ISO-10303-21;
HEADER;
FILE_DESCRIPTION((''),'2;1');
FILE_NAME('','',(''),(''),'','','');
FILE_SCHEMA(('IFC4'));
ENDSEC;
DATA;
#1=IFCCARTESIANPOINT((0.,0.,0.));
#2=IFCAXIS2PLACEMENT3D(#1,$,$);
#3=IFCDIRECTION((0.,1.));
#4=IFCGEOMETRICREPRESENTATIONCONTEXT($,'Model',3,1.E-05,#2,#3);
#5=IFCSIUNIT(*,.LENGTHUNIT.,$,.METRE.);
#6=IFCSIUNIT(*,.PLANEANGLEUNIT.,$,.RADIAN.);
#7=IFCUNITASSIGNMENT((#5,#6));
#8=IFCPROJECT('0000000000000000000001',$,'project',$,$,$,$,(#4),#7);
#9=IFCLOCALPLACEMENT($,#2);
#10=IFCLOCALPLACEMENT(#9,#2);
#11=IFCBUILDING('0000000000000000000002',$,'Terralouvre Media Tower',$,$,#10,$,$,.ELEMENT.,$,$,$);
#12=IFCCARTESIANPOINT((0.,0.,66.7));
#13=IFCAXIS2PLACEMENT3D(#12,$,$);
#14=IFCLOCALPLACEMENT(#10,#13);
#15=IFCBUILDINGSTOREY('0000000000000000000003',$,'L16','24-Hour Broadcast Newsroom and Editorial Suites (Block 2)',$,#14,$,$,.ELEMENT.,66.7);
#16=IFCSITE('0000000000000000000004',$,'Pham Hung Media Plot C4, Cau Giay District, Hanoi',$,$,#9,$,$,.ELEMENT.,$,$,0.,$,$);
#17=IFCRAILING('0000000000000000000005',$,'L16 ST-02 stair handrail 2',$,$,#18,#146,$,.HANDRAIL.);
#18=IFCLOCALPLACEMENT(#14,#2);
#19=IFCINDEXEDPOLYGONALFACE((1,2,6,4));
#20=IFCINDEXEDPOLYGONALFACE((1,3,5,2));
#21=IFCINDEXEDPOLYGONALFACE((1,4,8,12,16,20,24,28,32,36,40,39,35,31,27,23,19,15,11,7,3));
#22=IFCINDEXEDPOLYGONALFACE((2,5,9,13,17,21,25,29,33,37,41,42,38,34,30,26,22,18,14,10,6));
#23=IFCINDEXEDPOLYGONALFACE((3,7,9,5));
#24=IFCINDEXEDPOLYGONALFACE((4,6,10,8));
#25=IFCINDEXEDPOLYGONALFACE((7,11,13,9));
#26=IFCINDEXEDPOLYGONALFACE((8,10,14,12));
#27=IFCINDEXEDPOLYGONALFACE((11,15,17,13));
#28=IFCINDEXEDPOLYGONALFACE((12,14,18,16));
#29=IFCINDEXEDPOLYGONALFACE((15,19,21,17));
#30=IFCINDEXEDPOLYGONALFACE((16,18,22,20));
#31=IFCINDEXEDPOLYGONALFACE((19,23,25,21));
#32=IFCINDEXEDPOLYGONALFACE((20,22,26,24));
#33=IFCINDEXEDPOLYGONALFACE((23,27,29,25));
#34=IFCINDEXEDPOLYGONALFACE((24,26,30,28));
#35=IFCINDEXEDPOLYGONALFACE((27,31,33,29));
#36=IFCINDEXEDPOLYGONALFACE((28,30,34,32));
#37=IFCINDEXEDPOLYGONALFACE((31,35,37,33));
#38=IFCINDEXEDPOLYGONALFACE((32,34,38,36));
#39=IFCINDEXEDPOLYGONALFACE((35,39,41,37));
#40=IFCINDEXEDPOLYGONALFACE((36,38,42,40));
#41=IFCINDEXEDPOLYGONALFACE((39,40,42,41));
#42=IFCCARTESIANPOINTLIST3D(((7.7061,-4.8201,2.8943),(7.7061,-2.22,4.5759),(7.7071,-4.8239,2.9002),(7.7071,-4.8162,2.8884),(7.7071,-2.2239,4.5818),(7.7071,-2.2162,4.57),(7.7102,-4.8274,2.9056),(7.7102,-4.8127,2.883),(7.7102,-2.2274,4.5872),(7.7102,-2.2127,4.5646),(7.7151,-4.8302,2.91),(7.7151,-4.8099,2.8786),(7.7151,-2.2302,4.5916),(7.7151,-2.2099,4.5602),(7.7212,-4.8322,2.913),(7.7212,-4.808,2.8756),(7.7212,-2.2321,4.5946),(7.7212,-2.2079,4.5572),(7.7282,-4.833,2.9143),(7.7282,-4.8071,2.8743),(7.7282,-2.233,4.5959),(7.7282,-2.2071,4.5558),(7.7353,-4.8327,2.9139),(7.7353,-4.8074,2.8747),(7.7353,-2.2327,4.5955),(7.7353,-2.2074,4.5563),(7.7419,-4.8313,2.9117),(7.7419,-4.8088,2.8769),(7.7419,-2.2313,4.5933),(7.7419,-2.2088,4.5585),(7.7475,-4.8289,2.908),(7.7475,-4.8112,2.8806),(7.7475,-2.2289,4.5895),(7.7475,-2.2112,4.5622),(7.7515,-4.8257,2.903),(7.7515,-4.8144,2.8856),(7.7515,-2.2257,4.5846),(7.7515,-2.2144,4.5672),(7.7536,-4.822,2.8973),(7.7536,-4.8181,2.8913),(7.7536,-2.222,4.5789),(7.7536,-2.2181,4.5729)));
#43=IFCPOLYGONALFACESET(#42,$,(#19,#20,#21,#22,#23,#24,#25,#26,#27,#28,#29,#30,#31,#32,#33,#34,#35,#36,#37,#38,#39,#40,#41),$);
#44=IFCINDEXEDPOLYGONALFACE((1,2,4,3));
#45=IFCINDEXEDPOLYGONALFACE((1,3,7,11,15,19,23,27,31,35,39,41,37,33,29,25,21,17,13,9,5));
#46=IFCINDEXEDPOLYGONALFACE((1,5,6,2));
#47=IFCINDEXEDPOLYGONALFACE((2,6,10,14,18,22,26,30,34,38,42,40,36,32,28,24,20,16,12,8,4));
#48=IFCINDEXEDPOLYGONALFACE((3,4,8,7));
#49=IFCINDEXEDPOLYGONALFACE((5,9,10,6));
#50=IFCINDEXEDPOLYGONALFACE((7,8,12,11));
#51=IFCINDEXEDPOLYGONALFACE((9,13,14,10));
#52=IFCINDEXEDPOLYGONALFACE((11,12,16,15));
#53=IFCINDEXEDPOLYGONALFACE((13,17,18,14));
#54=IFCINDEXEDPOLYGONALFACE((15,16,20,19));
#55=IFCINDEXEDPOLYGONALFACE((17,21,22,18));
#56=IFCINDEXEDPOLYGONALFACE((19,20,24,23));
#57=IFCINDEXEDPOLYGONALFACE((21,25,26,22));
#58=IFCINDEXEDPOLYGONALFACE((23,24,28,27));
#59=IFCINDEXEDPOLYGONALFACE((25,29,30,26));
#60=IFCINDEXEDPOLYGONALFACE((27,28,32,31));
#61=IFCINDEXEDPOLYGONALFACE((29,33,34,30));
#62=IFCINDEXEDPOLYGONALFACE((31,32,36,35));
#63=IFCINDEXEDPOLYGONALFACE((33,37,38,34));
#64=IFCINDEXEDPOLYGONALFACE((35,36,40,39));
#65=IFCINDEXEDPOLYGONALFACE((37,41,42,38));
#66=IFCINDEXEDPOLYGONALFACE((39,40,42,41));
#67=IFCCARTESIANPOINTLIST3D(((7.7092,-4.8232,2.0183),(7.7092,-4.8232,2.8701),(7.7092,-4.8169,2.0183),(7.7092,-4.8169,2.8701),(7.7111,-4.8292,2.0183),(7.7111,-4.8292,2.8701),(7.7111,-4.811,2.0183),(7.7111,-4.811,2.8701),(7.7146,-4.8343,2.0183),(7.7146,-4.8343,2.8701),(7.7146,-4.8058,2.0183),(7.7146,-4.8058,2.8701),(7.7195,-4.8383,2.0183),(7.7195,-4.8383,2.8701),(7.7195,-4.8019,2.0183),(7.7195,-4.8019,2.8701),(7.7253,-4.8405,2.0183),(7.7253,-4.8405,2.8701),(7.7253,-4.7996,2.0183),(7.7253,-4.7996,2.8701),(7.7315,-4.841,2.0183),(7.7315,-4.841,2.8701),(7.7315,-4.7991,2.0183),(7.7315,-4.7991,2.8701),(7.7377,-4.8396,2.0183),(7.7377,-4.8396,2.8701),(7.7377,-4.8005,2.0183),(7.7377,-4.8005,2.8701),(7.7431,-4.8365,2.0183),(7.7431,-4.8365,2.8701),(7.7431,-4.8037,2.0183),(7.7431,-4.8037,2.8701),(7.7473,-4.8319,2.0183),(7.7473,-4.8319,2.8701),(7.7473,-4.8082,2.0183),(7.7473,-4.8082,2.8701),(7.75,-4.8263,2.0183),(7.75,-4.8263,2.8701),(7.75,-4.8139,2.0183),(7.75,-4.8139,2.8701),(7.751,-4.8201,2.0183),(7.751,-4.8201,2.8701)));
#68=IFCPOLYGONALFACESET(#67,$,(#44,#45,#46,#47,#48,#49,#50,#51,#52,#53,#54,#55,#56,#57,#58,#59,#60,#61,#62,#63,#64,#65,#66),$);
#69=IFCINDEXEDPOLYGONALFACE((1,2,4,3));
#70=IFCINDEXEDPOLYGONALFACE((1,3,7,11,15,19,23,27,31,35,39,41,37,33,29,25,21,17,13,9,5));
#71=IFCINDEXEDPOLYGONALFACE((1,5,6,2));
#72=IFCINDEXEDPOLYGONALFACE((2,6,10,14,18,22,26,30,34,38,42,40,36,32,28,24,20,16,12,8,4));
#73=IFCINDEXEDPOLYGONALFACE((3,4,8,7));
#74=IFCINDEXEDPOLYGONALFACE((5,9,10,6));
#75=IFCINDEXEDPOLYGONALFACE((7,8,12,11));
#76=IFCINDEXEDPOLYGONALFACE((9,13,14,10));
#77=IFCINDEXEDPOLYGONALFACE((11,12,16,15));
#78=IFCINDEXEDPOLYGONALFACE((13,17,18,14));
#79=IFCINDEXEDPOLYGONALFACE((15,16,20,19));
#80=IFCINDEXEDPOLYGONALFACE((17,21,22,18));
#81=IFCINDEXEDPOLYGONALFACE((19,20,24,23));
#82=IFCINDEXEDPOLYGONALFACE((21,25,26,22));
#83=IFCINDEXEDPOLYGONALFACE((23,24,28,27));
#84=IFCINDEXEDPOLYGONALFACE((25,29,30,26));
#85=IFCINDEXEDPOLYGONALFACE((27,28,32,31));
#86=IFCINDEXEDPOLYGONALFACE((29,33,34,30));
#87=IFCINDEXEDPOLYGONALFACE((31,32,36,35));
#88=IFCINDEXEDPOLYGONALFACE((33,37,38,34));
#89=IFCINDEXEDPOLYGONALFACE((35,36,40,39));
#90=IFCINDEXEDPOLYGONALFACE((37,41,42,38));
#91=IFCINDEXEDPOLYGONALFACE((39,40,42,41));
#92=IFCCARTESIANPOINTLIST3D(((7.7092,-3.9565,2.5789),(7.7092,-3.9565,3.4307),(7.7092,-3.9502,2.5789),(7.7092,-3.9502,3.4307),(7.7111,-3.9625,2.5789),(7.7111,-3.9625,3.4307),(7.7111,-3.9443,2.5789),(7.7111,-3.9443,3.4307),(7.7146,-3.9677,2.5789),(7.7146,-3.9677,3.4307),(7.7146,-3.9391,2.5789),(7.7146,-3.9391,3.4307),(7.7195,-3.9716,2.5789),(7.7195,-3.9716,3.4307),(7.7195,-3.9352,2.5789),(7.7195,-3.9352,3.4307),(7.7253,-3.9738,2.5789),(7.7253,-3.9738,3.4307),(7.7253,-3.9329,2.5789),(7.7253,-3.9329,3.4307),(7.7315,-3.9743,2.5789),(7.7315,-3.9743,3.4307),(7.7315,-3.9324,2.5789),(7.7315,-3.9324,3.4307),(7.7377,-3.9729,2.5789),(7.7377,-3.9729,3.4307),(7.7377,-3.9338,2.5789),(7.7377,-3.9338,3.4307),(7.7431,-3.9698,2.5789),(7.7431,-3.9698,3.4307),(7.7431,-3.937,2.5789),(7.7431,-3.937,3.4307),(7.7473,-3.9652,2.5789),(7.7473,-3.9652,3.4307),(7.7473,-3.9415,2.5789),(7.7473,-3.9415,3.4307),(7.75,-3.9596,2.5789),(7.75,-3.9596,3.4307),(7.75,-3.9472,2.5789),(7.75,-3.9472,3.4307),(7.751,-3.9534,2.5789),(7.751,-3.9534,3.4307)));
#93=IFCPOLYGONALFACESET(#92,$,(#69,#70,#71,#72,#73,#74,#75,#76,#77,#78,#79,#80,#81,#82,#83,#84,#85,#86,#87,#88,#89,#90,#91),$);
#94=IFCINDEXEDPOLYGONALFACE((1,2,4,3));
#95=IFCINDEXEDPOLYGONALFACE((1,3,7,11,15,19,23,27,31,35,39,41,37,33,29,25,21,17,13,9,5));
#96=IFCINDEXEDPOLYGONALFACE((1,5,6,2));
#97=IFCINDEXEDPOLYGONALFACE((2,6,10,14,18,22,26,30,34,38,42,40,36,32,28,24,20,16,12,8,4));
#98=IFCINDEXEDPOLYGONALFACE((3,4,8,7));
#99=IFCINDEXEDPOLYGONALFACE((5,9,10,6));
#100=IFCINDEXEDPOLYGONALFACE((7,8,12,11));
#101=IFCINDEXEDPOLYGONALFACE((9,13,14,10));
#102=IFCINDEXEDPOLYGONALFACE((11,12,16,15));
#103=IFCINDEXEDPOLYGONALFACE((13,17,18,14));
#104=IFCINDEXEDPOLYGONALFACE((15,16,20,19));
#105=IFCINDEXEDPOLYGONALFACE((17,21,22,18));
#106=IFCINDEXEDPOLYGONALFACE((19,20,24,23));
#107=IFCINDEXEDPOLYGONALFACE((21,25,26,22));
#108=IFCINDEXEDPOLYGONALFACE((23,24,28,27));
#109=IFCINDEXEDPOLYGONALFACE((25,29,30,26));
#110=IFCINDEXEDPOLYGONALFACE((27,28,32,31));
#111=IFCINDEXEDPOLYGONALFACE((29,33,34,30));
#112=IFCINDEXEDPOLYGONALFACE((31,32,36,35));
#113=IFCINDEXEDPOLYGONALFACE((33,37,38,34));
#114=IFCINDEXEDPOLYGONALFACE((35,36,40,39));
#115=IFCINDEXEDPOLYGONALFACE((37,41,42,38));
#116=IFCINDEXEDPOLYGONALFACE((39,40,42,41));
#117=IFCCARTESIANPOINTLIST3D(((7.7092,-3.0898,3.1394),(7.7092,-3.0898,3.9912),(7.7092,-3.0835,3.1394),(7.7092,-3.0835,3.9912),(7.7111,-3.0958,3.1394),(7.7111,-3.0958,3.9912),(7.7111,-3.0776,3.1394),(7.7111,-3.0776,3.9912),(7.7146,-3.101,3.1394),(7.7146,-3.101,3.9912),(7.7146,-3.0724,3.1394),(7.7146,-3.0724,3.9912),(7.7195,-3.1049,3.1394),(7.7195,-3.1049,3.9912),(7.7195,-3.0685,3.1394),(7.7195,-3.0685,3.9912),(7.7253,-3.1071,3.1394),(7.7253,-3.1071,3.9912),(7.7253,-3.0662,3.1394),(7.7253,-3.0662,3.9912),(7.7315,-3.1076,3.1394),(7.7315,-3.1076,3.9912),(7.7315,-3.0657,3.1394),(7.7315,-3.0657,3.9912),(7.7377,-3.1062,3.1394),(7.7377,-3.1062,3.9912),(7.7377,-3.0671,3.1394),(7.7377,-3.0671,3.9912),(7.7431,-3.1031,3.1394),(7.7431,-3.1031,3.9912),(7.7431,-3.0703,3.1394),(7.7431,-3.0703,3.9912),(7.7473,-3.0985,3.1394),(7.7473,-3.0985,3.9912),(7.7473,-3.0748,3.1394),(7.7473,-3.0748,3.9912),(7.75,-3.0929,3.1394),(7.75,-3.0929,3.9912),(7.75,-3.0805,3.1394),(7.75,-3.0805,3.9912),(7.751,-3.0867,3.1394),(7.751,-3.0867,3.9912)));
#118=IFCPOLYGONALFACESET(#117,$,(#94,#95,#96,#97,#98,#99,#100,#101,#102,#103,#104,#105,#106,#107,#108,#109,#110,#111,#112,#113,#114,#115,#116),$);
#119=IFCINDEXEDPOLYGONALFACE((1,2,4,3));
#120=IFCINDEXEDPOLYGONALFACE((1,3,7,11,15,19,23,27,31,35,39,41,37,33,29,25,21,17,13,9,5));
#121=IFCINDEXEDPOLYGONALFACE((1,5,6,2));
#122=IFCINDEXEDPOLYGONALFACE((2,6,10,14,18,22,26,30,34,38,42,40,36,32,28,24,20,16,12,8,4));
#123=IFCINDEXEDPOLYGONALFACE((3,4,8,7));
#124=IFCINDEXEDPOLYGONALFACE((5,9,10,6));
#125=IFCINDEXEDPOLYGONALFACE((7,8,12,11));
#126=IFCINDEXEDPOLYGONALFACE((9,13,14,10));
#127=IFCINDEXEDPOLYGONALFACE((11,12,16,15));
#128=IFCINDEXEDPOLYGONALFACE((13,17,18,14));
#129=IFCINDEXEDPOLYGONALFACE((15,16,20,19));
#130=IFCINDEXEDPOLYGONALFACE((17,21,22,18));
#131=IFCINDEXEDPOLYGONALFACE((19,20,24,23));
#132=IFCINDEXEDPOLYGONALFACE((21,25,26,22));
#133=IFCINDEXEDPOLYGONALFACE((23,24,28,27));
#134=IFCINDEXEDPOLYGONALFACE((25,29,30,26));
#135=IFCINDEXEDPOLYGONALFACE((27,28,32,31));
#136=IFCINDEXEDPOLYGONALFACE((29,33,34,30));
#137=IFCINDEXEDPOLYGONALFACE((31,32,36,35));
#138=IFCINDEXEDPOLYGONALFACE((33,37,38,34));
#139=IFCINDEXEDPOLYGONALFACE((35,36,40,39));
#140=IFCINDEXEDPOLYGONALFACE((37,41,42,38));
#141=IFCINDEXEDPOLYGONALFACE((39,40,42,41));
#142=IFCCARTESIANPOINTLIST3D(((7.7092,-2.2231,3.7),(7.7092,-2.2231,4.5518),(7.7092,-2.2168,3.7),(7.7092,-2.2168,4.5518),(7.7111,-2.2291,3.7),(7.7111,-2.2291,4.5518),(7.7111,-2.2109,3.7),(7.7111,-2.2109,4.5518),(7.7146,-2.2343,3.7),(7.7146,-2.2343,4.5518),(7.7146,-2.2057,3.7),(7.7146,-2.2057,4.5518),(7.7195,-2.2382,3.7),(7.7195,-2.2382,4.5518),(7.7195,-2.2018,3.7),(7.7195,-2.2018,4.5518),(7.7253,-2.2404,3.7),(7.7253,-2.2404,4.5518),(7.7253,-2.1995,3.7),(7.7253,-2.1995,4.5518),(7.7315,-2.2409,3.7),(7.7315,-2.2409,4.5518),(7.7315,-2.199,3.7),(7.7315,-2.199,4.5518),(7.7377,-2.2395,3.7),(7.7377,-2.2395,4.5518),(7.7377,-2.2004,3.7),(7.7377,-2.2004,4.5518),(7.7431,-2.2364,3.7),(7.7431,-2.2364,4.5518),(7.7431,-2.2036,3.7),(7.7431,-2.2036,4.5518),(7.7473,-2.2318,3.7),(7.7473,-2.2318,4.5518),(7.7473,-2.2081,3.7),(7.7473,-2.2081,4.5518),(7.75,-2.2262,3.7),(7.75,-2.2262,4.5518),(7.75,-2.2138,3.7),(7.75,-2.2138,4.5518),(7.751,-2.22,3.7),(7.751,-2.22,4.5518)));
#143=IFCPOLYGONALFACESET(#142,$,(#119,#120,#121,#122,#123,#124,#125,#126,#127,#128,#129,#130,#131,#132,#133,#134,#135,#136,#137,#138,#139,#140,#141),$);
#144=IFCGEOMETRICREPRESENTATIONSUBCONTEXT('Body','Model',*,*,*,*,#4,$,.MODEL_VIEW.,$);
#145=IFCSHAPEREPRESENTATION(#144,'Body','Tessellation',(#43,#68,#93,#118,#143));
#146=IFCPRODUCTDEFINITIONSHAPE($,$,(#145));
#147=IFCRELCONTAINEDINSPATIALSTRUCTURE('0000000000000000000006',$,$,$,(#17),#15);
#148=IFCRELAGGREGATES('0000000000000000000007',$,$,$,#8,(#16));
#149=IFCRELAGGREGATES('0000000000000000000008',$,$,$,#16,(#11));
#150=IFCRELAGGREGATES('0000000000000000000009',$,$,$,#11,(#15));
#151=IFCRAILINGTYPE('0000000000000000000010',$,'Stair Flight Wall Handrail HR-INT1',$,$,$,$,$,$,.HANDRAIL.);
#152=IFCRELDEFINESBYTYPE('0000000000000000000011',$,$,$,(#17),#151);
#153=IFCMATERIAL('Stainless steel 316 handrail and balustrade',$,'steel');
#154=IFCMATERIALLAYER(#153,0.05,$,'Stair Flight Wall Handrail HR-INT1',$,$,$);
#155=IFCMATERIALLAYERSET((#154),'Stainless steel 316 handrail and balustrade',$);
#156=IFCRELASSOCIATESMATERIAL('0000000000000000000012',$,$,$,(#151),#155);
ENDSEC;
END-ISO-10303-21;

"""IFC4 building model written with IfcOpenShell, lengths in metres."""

from ifc_helpers import new_model, si_unit, direction, frame, origin, origin_2d, place, context, subcontext, project, spatial, circle, extrude, material, layer, layer_set, type_object, element, save


model = new_model("IFC4")

# Units and contexts
model_context = context("Model", 3, precision=1e-05, world=origin(), true_north=direction((0.0, 1.0)))
body_context = subcontext(model_context, "Body", "Model", "MODEL_VIEW")
ifc_project = project(units=[si_unit("LENGTHUNIT", "METRE"), si_unit("PLANEANGLEUNIT", "RADIAN")], contexts=[model_context])

# Site, building, storey
site_placement = place(None, origin())
site = spatial("IfcSite", under=ifc_project, at=site_placement, Name="Pham Hung Media Plot C4, Cau Giay District, Hanoi", CompositionType="ELEMENT", RefElevation=0.0)
building_placement = place(site_placement, origin())
building = spatial("IfcBuilding", under=site, at=building_placement, Name="Terralouvre Media Tower", CompositionType="ELEMENT")
storey_placement = place(building_placement, frame((0.0, 0.0, 66.7)))
storey = spatial("IfcBuildingStorey", under=building, at=storey_placement, Name="L16", Description="24-Hour Broadcast Newsroom and Editorial Suites (Block 2)", CompositionType="ELEMENT", Elevation=66.7)

# Railing
ifc_material_1 = material(Name="Stainless steel 316 handrail and balustrade", Category="steel")
ifc_layer_1 = layer(ifc_material_1, 0.05, Name="Stair Flight Wall Handrail HR-INT1")
ifc_layer_set_1 = layer_set([ifc_layer_1], Name="Stainless steel 316 handrail and balustrade")
railing_type_1 = type_object("IfcRailingType", Name="Stair Flight Wall Handrail HR-INT1", PredefinedType="HANDRAIL", material=ifc_layer_set_1)
railing_1_placement = place(storey_placement, frame((7.73, -4.8201, 2.0183)))
element("IfcRailing", 1, at=railing_1_placement, inside=storey, type_object=railing_type_1, Name="L16 ST-02 stair handrail 2", PredefinedType="HANDRAIL", context=body_context, shape_type="SweptSolid", body=[
    extrude(circle(Radius=0.0239, at=origin_2d()), frame((0.0, 0.0, 0.876), z_axis=(0.0, 0.839684, 0.543075), x_axis=(-1.0, 0.0, 0.0)), (0.0, 0.0, 1.0), 3.0964),
    extrude(circle(Radius=0.021, at=origin_2d()), origin(), (0.0, 0.0, 1.0), 0.8518),
    extrude(circle(Radius=0.021, at=origin_2d()), frame((0.0, 0.8667, 0.5605)), (0.0, 0.0, 1.0), 0.8518),
    extrude(circle(Radius=0.021, at=origin_2d()), frame((0.0, 1.7334, 1.1211)), (0.0, 0.0, 1.0), 0.8518),
    extrude(circle(Radius=0.021, at=origin_2d()), frame((0.0, 2.6001, 1.6816)), (0.0, 0.0, 1.0), 0.8518),
])

save(model, "model.ifc")
